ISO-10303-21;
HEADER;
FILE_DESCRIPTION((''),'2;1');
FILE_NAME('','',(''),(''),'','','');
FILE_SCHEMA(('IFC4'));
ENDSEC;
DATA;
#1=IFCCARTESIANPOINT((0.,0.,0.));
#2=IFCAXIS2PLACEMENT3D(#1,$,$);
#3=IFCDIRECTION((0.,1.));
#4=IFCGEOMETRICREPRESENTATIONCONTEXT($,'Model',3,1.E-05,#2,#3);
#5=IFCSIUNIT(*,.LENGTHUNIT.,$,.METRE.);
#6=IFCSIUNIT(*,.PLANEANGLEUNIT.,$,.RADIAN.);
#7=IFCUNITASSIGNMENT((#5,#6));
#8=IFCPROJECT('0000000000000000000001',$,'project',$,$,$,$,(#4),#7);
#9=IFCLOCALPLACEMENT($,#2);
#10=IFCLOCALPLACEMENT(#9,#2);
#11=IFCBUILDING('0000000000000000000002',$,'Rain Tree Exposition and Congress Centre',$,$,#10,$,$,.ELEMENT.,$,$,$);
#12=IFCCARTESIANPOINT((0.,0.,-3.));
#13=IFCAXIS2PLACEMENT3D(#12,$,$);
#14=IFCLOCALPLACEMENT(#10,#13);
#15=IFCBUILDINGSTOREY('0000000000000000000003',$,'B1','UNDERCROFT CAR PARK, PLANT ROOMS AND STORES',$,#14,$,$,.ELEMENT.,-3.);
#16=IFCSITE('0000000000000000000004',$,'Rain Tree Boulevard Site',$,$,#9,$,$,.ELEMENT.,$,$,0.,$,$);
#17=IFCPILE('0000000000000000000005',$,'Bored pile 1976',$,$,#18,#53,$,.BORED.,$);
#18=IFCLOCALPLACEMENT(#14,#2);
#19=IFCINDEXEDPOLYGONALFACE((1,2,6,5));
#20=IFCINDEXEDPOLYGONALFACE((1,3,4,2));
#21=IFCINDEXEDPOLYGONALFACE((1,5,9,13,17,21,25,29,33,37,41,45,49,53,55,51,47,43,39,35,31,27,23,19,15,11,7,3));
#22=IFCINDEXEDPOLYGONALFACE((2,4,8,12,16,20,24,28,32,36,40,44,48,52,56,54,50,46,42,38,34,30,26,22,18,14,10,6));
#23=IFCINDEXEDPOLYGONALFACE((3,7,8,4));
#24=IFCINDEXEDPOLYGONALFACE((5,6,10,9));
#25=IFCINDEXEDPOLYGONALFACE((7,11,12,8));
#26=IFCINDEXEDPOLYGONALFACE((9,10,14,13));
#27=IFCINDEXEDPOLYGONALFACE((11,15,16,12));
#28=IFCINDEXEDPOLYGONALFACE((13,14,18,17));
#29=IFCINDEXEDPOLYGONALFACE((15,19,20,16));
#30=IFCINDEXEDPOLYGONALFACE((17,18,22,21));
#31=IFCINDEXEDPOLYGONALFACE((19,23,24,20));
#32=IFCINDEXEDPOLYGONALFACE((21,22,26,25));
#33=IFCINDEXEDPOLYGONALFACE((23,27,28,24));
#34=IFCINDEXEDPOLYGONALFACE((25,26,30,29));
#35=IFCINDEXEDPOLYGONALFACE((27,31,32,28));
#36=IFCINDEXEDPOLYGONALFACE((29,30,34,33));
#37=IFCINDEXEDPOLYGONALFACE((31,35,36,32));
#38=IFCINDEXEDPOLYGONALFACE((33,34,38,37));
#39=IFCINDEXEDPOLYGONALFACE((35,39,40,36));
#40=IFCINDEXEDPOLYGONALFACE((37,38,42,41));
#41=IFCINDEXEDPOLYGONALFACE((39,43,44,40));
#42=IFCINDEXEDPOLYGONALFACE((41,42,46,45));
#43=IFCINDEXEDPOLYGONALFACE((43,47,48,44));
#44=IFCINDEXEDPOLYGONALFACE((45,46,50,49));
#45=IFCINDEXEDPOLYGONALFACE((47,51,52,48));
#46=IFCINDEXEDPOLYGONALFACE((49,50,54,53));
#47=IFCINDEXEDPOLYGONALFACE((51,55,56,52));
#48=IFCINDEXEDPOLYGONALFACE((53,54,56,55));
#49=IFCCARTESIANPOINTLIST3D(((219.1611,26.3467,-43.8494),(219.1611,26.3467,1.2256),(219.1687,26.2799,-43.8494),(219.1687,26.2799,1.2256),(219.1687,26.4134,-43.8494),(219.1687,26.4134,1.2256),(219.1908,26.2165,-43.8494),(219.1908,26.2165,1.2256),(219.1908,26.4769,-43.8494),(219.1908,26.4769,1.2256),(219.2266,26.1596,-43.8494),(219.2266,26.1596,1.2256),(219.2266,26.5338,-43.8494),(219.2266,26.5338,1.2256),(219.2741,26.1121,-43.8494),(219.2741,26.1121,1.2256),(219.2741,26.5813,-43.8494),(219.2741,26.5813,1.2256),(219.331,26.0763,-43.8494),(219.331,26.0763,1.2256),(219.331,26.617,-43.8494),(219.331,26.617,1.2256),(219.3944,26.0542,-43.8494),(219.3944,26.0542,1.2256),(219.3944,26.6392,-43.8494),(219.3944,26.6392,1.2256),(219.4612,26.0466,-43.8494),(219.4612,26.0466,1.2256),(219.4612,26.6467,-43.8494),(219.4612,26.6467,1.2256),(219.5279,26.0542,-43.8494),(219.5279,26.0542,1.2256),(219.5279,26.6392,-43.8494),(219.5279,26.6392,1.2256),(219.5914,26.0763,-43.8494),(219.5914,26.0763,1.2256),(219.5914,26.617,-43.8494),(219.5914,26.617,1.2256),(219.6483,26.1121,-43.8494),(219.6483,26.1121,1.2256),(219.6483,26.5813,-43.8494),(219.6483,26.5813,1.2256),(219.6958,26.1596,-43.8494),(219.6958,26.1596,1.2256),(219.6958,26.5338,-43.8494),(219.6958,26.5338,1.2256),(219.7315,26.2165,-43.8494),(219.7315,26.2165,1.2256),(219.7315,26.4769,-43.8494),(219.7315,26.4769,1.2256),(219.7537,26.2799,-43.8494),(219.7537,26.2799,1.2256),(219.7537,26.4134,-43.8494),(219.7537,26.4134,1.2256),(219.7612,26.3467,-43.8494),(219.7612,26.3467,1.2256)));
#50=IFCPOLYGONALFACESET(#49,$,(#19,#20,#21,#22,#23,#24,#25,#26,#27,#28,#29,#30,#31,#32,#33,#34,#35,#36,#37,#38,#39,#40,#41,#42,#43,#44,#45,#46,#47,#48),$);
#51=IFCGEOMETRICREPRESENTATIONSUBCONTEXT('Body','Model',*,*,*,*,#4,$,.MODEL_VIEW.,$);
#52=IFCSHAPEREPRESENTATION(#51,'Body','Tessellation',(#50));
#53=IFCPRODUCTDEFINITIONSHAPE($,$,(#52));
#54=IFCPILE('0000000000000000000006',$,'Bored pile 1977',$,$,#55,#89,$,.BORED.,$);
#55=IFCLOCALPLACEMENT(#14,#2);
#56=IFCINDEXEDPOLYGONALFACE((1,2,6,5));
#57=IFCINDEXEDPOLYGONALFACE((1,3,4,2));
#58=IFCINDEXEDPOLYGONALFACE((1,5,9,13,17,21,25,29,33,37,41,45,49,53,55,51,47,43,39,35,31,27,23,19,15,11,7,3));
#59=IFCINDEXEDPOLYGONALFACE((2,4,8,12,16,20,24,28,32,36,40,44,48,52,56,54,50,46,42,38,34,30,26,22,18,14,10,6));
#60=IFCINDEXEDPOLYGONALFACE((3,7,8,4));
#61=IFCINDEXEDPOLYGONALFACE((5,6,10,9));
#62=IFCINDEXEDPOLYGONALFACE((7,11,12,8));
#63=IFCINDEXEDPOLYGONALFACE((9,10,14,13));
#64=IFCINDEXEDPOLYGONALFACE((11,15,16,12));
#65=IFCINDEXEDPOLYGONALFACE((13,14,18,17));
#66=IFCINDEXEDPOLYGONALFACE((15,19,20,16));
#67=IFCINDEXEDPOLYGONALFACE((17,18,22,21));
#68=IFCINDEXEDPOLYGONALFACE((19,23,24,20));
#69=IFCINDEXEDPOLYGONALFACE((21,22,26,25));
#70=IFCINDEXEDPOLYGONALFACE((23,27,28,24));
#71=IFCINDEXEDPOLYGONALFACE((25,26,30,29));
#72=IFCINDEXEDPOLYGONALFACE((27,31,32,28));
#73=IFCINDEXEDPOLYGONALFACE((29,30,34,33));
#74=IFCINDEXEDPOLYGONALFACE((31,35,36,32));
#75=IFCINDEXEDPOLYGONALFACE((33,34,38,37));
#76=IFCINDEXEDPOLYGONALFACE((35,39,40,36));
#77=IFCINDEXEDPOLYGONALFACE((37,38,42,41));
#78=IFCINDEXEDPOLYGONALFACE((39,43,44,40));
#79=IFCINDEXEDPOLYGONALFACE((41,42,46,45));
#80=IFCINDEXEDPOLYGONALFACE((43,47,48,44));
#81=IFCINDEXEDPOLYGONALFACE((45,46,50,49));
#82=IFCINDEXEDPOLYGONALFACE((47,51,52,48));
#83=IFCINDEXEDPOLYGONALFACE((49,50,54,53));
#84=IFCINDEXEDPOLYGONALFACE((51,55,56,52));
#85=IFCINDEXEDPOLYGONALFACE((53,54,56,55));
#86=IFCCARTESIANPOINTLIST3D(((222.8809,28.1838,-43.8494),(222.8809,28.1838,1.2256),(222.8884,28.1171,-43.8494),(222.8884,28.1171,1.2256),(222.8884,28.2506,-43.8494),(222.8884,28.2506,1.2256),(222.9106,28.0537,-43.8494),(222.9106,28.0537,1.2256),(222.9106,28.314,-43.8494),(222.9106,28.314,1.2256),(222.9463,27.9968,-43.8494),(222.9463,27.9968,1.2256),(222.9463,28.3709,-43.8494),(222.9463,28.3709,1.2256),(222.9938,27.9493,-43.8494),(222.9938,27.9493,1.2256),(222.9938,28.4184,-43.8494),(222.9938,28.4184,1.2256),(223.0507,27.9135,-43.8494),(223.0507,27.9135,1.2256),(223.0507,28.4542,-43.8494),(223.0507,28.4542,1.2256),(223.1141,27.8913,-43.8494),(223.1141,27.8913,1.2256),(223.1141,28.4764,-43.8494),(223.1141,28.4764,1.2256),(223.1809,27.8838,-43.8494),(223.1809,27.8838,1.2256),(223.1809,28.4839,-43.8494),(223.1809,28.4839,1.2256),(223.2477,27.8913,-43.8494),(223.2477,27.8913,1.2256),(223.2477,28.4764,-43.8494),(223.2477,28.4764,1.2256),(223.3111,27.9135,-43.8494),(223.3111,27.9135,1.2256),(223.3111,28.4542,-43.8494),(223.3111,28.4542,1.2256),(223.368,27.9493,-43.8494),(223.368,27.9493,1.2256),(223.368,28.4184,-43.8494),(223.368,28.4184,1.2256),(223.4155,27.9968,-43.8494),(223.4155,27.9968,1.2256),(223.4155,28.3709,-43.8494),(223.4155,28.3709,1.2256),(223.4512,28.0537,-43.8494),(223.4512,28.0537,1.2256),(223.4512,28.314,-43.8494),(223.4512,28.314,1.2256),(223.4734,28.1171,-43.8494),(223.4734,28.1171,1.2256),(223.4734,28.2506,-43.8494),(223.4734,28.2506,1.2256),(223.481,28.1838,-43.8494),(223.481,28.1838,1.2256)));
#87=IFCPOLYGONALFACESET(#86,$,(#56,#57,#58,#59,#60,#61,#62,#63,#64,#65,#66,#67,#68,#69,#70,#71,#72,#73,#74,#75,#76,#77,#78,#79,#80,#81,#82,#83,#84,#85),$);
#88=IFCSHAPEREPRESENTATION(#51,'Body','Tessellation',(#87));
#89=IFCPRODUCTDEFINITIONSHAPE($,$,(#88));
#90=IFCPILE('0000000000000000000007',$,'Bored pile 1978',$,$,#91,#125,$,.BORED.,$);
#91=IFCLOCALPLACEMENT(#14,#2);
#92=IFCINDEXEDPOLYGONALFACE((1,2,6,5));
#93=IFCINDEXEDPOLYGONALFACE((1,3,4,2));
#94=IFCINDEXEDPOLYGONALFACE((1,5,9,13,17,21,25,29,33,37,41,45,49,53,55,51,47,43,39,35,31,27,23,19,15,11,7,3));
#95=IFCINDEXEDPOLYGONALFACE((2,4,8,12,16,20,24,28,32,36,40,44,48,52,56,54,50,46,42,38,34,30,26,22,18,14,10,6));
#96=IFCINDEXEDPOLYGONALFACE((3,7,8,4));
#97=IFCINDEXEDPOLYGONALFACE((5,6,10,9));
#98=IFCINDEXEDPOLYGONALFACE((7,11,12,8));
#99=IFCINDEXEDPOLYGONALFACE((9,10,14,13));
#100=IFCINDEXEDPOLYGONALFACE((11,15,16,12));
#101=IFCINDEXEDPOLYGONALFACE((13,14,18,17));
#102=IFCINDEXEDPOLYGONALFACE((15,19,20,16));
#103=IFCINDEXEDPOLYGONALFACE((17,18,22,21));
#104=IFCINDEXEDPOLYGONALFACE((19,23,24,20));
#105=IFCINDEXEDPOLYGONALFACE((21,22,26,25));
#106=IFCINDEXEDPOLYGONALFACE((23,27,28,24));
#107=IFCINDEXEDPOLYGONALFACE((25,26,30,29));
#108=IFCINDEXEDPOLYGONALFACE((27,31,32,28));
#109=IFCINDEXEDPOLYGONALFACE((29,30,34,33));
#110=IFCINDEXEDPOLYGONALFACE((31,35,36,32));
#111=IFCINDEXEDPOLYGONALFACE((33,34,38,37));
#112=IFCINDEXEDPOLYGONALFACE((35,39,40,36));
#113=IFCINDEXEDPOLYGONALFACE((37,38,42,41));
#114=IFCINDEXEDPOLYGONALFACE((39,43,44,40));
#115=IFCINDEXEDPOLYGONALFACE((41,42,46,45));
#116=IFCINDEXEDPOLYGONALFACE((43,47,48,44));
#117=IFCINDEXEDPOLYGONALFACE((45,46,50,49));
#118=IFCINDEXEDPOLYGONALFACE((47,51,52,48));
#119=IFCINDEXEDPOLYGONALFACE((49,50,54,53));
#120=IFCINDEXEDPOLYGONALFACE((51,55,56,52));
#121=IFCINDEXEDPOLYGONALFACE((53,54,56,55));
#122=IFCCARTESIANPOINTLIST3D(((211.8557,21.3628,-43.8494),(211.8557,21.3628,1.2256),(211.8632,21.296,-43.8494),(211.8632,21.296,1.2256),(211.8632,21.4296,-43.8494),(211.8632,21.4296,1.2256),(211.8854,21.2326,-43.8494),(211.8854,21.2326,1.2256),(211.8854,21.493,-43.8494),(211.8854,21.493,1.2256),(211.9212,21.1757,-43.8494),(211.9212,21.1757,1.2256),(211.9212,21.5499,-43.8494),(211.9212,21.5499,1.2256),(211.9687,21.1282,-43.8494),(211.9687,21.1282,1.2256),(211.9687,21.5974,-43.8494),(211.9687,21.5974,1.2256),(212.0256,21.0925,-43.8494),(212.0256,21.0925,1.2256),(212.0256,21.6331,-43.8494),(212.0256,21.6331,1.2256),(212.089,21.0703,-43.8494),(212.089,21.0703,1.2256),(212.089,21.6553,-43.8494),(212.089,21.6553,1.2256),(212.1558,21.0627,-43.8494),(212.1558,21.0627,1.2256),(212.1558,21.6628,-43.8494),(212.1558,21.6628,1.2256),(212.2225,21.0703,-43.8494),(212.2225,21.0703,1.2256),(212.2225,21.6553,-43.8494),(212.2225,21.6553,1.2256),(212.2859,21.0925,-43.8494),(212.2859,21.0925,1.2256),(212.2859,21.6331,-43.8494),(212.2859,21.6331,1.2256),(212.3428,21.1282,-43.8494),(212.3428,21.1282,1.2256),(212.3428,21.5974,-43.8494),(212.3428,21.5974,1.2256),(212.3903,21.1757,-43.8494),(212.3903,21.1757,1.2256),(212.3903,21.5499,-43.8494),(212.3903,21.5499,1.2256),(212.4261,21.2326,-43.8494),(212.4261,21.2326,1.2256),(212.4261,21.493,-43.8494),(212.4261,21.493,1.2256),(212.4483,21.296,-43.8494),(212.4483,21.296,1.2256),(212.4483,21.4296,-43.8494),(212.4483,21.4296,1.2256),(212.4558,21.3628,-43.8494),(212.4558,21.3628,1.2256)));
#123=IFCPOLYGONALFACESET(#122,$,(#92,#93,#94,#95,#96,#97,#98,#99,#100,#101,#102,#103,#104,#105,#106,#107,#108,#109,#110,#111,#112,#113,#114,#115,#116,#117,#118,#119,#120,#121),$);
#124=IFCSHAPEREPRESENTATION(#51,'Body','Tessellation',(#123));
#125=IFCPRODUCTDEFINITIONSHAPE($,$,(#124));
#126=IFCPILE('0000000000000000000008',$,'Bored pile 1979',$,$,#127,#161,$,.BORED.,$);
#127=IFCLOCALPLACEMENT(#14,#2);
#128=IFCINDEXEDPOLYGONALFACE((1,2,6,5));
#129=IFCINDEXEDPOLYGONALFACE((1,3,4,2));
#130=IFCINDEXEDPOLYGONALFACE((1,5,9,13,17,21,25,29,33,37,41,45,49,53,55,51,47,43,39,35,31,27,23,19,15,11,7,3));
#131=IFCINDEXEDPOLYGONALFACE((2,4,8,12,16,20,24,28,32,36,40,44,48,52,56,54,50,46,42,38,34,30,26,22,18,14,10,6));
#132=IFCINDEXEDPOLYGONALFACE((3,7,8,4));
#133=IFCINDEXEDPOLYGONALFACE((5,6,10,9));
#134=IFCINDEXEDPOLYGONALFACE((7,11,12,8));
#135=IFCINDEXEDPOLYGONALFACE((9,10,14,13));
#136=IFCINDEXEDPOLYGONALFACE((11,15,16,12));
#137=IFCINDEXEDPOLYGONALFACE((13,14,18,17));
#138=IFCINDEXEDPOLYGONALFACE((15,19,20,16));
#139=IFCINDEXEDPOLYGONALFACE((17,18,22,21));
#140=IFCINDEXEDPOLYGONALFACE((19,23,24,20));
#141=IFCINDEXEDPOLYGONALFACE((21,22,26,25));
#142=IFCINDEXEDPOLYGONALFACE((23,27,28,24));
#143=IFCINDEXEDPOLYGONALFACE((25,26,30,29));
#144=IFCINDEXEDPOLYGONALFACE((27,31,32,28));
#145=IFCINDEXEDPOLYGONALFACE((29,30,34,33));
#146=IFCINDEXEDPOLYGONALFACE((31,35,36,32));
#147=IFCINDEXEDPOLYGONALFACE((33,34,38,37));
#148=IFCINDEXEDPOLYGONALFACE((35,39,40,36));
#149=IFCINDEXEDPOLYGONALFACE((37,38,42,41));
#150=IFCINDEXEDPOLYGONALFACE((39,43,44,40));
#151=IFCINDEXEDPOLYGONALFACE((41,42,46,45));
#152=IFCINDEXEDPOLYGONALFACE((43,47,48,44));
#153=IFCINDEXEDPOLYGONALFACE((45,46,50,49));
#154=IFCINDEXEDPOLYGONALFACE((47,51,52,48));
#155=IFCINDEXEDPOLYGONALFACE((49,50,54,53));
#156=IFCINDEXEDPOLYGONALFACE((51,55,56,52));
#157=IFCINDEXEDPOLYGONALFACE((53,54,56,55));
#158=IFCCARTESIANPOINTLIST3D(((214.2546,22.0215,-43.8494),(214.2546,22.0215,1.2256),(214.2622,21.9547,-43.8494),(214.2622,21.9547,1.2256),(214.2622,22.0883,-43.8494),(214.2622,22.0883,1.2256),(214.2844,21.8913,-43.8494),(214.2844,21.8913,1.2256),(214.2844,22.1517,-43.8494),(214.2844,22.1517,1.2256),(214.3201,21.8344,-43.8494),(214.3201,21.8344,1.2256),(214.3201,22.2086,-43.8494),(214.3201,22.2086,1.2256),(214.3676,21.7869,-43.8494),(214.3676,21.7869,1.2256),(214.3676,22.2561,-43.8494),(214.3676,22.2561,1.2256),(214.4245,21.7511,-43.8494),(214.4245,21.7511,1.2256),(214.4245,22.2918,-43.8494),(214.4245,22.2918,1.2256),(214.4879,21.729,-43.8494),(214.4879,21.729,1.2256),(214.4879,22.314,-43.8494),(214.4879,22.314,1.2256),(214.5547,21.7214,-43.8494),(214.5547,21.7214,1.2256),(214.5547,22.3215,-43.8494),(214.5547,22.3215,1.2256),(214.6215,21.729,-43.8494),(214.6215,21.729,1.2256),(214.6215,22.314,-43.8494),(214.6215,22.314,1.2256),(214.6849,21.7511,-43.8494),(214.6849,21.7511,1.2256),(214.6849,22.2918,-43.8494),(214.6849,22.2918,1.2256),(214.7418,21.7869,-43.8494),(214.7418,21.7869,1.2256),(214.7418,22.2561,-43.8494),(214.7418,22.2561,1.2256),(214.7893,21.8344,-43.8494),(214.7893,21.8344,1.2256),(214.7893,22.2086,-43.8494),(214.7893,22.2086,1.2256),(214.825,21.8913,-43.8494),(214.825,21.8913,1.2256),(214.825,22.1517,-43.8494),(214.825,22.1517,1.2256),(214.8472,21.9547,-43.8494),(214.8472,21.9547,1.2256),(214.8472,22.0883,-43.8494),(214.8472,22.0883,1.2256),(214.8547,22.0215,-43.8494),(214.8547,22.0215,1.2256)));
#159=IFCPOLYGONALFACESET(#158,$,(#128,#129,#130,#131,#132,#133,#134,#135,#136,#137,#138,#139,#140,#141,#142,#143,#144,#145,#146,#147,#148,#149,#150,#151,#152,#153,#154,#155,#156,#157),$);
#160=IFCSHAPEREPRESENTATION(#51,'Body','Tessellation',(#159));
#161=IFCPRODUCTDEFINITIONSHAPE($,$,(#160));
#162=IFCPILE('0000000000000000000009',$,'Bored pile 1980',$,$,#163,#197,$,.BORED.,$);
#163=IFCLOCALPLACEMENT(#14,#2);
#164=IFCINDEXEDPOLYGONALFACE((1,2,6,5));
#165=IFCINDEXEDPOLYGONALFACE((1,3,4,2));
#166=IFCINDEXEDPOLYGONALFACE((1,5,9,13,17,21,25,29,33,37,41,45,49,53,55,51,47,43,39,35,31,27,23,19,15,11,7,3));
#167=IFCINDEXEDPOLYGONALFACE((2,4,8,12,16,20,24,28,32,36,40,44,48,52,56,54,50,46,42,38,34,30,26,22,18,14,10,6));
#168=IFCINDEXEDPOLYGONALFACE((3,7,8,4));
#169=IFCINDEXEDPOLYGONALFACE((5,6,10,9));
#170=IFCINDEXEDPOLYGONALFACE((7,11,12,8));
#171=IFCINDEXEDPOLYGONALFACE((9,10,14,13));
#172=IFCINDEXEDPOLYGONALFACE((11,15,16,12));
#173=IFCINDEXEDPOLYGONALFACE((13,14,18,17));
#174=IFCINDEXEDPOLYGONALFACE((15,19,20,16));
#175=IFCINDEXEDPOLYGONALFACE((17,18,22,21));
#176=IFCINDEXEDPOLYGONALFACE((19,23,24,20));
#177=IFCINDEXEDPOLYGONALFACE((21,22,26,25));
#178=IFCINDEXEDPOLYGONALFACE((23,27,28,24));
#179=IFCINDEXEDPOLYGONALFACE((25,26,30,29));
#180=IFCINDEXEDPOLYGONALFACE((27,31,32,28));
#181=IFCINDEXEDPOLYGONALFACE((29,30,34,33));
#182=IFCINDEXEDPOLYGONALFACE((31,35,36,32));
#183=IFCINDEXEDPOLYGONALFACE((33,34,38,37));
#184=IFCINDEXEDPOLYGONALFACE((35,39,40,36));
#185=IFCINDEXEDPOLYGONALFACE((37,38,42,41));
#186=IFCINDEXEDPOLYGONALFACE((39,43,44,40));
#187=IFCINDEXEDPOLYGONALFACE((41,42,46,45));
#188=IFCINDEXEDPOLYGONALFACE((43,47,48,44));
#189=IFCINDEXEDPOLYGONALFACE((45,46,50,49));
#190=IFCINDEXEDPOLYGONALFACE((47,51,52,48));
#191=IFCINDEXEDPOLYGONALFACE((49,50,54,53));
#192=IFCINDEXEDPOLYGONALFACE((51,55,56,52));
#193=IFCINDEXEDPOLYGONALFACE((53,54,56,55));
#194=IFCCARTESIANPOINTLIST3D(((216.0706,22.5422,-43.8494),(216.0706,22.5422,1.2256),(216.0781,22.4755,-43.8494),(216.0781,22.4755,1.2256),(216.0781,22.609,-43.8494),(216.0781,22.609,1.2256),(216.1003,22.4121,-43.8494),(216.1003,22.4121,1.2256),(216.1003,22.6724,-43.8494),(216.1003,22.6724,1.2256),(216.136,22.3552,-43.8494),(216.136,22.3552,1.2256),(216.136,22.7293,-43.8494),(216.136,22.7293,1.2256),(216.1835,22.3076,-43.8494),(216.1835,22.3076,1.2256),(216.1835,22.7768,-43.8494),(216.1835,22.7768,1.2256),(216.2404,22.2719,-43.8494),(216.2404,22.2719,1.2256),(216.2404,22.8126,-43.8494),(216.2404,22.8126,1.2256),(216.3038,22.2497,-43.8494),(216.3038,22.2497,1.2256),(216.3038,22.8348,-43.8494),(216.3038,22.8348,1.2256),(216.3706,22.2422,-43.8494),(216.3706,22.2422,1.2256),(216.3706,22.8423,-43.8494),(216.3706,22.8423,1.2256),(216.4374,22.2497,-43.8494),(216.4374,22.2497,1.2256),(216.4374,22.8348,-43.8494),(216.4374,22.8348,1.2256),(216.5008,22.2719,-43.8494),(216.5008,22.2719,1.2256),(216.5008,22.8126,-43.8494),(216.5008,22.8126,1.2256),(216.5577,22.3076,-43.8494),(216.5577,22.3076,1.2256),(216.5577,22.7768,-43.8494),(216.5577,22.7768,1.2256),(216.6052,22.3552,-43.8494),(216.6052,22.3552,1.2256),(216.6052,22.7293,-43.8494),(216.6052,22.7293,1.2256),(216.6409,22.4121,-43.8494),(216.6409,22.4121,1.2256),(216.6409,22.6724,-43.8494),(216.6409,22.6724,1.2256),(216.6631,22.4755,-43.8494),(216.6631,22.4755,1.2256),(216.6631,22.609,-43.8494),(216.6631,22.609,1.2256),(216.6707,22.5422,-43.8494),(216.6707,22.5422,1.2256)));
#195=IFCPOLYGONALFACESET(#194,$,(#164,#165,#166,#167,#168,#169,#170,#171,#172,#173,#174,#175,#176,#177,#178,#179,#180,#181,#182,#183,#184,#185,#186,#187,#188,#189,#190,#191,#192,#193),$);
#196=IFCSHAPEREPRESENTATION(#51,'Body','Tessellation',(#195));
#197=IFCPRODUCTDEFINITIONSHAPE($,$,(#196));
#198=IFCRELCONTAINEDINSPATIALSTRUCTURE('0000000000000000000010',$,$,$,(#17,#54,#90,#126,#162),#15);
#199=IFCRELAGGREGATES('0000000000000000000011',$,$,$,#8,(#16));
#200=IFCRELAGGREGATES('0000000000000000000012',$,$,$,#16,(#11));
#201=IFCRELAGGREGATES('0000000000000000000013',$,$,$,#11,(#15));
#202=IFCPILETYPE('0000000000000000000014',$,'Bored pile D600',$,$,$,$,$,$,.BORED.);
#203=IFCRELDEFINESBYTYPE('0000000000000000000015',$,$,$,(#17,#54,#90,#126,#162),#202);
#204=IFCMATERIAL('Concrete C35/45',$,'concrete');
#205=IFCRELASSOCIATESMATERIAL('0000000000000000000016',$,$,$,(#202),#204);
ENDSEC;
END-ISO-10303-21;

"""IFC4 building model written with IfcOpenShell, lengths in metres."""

from ifc_helpers import new_model, si_unit, direction, frame, origin, origin_2d, place, context, subcontext, project, spatial, circle, extrude, material, material_profile, profile_set, type_object, element, save


model = new_model("IFC4")

# Units and contexts
model_context = context("Model", 3, precision=1e-05, world=origin(), true_north=direction((0.0, 1.0)))
body_context = subcontext(model_context, "Body", "Model", "MODEL_VIEW")
ifc_project = project(units=[si_unit("LENGTHUNIT", "METRE"), si_unit("PLANEANGLEUNIT", "RADIAN")], contexts=[model_context])

# Site, building, storey
site_placement = place(None, origin())
site = spatial("IfcSite", under=ifc_project, at=site_placement, Name="Rain Tree Boulevard Site", CompositionType="ELEMENT", RefElevation=0.0)
building_placement = place(site_placement, origin())
building = spatial("IfcBuilding", under=site, at=building_placement, Name="Rain Tree Exposition and Congress Centre", CompositionType="ELEMENT")
storey_placement = place(building_placement, frame((0.0, 0.0, -3.0)))
storey = spatial("IfcBuildingStorey", under=building, at=storey_placement, Name="B1", Description="UNDERCROFT CAR PARK, PLANT ROOMS AND STORES", CompositionType="ELEMENT", Elevation=-3.0)

# Piles
ifc_material_1 = material(Name="Concrete C35/45", Category="concrete")
ifc_material_profile = material_profile(ifc_material_1, circle(Radius=0.3, at=origin_2d()), Name="D600")
ifc_profile_set = profile_set([ifc_material_profile], Name="Concrete C35/45")
pile_type = type_object("IfcPileType", Name="Bored pile D600", PredefinedType="BORED", material=ifc_profile_set)
for number, where, z_axis, x_axis, name in (
    (1, (219.4612, 26.3467, 1.2256), (0.0, 0.0, -1.0), (1.0, 0.0, 0.0), "Bored pile 1976"),
    (2, (223.1809, 28.1838, 1.2256), (0.0, 0.0, -1.0), (1.0, 0.0, 0.0), "Bored pile 1977"),
    (3, (212.1558, 21.3628, 1.2256), (0.0, 0.0, -1.0), (1.0, 0.0, 0.0), "Bored pile 1978"),
    (4, (214.5547, 22.0215, 1.2256), (0.0, 0.0, -1.0), (1.0, 0.0, 0.0), "Bored pile 1979"),
    (5, (216.3706, 22.5422, 1.2256), (0.0, 0.0, -1.0), (1.0, 0.0, 0.0), "Bored pile 1980"),
):
    element("IfcPile", number, at=place(storey_placement, frame(where, z_axis=z_axis, x_axis=x_axis)), inside=storey, type_object=pile_type, Name=name, PredefinedType="BORED", context=body_context, shape_type="SweptSolid", body=[
        extrude(circle(Radius=0.3, at=origin_2d()), origin(), (0.0, 0.0, 1.0), 45.075),
    ])

save(model, "model.ifc")
